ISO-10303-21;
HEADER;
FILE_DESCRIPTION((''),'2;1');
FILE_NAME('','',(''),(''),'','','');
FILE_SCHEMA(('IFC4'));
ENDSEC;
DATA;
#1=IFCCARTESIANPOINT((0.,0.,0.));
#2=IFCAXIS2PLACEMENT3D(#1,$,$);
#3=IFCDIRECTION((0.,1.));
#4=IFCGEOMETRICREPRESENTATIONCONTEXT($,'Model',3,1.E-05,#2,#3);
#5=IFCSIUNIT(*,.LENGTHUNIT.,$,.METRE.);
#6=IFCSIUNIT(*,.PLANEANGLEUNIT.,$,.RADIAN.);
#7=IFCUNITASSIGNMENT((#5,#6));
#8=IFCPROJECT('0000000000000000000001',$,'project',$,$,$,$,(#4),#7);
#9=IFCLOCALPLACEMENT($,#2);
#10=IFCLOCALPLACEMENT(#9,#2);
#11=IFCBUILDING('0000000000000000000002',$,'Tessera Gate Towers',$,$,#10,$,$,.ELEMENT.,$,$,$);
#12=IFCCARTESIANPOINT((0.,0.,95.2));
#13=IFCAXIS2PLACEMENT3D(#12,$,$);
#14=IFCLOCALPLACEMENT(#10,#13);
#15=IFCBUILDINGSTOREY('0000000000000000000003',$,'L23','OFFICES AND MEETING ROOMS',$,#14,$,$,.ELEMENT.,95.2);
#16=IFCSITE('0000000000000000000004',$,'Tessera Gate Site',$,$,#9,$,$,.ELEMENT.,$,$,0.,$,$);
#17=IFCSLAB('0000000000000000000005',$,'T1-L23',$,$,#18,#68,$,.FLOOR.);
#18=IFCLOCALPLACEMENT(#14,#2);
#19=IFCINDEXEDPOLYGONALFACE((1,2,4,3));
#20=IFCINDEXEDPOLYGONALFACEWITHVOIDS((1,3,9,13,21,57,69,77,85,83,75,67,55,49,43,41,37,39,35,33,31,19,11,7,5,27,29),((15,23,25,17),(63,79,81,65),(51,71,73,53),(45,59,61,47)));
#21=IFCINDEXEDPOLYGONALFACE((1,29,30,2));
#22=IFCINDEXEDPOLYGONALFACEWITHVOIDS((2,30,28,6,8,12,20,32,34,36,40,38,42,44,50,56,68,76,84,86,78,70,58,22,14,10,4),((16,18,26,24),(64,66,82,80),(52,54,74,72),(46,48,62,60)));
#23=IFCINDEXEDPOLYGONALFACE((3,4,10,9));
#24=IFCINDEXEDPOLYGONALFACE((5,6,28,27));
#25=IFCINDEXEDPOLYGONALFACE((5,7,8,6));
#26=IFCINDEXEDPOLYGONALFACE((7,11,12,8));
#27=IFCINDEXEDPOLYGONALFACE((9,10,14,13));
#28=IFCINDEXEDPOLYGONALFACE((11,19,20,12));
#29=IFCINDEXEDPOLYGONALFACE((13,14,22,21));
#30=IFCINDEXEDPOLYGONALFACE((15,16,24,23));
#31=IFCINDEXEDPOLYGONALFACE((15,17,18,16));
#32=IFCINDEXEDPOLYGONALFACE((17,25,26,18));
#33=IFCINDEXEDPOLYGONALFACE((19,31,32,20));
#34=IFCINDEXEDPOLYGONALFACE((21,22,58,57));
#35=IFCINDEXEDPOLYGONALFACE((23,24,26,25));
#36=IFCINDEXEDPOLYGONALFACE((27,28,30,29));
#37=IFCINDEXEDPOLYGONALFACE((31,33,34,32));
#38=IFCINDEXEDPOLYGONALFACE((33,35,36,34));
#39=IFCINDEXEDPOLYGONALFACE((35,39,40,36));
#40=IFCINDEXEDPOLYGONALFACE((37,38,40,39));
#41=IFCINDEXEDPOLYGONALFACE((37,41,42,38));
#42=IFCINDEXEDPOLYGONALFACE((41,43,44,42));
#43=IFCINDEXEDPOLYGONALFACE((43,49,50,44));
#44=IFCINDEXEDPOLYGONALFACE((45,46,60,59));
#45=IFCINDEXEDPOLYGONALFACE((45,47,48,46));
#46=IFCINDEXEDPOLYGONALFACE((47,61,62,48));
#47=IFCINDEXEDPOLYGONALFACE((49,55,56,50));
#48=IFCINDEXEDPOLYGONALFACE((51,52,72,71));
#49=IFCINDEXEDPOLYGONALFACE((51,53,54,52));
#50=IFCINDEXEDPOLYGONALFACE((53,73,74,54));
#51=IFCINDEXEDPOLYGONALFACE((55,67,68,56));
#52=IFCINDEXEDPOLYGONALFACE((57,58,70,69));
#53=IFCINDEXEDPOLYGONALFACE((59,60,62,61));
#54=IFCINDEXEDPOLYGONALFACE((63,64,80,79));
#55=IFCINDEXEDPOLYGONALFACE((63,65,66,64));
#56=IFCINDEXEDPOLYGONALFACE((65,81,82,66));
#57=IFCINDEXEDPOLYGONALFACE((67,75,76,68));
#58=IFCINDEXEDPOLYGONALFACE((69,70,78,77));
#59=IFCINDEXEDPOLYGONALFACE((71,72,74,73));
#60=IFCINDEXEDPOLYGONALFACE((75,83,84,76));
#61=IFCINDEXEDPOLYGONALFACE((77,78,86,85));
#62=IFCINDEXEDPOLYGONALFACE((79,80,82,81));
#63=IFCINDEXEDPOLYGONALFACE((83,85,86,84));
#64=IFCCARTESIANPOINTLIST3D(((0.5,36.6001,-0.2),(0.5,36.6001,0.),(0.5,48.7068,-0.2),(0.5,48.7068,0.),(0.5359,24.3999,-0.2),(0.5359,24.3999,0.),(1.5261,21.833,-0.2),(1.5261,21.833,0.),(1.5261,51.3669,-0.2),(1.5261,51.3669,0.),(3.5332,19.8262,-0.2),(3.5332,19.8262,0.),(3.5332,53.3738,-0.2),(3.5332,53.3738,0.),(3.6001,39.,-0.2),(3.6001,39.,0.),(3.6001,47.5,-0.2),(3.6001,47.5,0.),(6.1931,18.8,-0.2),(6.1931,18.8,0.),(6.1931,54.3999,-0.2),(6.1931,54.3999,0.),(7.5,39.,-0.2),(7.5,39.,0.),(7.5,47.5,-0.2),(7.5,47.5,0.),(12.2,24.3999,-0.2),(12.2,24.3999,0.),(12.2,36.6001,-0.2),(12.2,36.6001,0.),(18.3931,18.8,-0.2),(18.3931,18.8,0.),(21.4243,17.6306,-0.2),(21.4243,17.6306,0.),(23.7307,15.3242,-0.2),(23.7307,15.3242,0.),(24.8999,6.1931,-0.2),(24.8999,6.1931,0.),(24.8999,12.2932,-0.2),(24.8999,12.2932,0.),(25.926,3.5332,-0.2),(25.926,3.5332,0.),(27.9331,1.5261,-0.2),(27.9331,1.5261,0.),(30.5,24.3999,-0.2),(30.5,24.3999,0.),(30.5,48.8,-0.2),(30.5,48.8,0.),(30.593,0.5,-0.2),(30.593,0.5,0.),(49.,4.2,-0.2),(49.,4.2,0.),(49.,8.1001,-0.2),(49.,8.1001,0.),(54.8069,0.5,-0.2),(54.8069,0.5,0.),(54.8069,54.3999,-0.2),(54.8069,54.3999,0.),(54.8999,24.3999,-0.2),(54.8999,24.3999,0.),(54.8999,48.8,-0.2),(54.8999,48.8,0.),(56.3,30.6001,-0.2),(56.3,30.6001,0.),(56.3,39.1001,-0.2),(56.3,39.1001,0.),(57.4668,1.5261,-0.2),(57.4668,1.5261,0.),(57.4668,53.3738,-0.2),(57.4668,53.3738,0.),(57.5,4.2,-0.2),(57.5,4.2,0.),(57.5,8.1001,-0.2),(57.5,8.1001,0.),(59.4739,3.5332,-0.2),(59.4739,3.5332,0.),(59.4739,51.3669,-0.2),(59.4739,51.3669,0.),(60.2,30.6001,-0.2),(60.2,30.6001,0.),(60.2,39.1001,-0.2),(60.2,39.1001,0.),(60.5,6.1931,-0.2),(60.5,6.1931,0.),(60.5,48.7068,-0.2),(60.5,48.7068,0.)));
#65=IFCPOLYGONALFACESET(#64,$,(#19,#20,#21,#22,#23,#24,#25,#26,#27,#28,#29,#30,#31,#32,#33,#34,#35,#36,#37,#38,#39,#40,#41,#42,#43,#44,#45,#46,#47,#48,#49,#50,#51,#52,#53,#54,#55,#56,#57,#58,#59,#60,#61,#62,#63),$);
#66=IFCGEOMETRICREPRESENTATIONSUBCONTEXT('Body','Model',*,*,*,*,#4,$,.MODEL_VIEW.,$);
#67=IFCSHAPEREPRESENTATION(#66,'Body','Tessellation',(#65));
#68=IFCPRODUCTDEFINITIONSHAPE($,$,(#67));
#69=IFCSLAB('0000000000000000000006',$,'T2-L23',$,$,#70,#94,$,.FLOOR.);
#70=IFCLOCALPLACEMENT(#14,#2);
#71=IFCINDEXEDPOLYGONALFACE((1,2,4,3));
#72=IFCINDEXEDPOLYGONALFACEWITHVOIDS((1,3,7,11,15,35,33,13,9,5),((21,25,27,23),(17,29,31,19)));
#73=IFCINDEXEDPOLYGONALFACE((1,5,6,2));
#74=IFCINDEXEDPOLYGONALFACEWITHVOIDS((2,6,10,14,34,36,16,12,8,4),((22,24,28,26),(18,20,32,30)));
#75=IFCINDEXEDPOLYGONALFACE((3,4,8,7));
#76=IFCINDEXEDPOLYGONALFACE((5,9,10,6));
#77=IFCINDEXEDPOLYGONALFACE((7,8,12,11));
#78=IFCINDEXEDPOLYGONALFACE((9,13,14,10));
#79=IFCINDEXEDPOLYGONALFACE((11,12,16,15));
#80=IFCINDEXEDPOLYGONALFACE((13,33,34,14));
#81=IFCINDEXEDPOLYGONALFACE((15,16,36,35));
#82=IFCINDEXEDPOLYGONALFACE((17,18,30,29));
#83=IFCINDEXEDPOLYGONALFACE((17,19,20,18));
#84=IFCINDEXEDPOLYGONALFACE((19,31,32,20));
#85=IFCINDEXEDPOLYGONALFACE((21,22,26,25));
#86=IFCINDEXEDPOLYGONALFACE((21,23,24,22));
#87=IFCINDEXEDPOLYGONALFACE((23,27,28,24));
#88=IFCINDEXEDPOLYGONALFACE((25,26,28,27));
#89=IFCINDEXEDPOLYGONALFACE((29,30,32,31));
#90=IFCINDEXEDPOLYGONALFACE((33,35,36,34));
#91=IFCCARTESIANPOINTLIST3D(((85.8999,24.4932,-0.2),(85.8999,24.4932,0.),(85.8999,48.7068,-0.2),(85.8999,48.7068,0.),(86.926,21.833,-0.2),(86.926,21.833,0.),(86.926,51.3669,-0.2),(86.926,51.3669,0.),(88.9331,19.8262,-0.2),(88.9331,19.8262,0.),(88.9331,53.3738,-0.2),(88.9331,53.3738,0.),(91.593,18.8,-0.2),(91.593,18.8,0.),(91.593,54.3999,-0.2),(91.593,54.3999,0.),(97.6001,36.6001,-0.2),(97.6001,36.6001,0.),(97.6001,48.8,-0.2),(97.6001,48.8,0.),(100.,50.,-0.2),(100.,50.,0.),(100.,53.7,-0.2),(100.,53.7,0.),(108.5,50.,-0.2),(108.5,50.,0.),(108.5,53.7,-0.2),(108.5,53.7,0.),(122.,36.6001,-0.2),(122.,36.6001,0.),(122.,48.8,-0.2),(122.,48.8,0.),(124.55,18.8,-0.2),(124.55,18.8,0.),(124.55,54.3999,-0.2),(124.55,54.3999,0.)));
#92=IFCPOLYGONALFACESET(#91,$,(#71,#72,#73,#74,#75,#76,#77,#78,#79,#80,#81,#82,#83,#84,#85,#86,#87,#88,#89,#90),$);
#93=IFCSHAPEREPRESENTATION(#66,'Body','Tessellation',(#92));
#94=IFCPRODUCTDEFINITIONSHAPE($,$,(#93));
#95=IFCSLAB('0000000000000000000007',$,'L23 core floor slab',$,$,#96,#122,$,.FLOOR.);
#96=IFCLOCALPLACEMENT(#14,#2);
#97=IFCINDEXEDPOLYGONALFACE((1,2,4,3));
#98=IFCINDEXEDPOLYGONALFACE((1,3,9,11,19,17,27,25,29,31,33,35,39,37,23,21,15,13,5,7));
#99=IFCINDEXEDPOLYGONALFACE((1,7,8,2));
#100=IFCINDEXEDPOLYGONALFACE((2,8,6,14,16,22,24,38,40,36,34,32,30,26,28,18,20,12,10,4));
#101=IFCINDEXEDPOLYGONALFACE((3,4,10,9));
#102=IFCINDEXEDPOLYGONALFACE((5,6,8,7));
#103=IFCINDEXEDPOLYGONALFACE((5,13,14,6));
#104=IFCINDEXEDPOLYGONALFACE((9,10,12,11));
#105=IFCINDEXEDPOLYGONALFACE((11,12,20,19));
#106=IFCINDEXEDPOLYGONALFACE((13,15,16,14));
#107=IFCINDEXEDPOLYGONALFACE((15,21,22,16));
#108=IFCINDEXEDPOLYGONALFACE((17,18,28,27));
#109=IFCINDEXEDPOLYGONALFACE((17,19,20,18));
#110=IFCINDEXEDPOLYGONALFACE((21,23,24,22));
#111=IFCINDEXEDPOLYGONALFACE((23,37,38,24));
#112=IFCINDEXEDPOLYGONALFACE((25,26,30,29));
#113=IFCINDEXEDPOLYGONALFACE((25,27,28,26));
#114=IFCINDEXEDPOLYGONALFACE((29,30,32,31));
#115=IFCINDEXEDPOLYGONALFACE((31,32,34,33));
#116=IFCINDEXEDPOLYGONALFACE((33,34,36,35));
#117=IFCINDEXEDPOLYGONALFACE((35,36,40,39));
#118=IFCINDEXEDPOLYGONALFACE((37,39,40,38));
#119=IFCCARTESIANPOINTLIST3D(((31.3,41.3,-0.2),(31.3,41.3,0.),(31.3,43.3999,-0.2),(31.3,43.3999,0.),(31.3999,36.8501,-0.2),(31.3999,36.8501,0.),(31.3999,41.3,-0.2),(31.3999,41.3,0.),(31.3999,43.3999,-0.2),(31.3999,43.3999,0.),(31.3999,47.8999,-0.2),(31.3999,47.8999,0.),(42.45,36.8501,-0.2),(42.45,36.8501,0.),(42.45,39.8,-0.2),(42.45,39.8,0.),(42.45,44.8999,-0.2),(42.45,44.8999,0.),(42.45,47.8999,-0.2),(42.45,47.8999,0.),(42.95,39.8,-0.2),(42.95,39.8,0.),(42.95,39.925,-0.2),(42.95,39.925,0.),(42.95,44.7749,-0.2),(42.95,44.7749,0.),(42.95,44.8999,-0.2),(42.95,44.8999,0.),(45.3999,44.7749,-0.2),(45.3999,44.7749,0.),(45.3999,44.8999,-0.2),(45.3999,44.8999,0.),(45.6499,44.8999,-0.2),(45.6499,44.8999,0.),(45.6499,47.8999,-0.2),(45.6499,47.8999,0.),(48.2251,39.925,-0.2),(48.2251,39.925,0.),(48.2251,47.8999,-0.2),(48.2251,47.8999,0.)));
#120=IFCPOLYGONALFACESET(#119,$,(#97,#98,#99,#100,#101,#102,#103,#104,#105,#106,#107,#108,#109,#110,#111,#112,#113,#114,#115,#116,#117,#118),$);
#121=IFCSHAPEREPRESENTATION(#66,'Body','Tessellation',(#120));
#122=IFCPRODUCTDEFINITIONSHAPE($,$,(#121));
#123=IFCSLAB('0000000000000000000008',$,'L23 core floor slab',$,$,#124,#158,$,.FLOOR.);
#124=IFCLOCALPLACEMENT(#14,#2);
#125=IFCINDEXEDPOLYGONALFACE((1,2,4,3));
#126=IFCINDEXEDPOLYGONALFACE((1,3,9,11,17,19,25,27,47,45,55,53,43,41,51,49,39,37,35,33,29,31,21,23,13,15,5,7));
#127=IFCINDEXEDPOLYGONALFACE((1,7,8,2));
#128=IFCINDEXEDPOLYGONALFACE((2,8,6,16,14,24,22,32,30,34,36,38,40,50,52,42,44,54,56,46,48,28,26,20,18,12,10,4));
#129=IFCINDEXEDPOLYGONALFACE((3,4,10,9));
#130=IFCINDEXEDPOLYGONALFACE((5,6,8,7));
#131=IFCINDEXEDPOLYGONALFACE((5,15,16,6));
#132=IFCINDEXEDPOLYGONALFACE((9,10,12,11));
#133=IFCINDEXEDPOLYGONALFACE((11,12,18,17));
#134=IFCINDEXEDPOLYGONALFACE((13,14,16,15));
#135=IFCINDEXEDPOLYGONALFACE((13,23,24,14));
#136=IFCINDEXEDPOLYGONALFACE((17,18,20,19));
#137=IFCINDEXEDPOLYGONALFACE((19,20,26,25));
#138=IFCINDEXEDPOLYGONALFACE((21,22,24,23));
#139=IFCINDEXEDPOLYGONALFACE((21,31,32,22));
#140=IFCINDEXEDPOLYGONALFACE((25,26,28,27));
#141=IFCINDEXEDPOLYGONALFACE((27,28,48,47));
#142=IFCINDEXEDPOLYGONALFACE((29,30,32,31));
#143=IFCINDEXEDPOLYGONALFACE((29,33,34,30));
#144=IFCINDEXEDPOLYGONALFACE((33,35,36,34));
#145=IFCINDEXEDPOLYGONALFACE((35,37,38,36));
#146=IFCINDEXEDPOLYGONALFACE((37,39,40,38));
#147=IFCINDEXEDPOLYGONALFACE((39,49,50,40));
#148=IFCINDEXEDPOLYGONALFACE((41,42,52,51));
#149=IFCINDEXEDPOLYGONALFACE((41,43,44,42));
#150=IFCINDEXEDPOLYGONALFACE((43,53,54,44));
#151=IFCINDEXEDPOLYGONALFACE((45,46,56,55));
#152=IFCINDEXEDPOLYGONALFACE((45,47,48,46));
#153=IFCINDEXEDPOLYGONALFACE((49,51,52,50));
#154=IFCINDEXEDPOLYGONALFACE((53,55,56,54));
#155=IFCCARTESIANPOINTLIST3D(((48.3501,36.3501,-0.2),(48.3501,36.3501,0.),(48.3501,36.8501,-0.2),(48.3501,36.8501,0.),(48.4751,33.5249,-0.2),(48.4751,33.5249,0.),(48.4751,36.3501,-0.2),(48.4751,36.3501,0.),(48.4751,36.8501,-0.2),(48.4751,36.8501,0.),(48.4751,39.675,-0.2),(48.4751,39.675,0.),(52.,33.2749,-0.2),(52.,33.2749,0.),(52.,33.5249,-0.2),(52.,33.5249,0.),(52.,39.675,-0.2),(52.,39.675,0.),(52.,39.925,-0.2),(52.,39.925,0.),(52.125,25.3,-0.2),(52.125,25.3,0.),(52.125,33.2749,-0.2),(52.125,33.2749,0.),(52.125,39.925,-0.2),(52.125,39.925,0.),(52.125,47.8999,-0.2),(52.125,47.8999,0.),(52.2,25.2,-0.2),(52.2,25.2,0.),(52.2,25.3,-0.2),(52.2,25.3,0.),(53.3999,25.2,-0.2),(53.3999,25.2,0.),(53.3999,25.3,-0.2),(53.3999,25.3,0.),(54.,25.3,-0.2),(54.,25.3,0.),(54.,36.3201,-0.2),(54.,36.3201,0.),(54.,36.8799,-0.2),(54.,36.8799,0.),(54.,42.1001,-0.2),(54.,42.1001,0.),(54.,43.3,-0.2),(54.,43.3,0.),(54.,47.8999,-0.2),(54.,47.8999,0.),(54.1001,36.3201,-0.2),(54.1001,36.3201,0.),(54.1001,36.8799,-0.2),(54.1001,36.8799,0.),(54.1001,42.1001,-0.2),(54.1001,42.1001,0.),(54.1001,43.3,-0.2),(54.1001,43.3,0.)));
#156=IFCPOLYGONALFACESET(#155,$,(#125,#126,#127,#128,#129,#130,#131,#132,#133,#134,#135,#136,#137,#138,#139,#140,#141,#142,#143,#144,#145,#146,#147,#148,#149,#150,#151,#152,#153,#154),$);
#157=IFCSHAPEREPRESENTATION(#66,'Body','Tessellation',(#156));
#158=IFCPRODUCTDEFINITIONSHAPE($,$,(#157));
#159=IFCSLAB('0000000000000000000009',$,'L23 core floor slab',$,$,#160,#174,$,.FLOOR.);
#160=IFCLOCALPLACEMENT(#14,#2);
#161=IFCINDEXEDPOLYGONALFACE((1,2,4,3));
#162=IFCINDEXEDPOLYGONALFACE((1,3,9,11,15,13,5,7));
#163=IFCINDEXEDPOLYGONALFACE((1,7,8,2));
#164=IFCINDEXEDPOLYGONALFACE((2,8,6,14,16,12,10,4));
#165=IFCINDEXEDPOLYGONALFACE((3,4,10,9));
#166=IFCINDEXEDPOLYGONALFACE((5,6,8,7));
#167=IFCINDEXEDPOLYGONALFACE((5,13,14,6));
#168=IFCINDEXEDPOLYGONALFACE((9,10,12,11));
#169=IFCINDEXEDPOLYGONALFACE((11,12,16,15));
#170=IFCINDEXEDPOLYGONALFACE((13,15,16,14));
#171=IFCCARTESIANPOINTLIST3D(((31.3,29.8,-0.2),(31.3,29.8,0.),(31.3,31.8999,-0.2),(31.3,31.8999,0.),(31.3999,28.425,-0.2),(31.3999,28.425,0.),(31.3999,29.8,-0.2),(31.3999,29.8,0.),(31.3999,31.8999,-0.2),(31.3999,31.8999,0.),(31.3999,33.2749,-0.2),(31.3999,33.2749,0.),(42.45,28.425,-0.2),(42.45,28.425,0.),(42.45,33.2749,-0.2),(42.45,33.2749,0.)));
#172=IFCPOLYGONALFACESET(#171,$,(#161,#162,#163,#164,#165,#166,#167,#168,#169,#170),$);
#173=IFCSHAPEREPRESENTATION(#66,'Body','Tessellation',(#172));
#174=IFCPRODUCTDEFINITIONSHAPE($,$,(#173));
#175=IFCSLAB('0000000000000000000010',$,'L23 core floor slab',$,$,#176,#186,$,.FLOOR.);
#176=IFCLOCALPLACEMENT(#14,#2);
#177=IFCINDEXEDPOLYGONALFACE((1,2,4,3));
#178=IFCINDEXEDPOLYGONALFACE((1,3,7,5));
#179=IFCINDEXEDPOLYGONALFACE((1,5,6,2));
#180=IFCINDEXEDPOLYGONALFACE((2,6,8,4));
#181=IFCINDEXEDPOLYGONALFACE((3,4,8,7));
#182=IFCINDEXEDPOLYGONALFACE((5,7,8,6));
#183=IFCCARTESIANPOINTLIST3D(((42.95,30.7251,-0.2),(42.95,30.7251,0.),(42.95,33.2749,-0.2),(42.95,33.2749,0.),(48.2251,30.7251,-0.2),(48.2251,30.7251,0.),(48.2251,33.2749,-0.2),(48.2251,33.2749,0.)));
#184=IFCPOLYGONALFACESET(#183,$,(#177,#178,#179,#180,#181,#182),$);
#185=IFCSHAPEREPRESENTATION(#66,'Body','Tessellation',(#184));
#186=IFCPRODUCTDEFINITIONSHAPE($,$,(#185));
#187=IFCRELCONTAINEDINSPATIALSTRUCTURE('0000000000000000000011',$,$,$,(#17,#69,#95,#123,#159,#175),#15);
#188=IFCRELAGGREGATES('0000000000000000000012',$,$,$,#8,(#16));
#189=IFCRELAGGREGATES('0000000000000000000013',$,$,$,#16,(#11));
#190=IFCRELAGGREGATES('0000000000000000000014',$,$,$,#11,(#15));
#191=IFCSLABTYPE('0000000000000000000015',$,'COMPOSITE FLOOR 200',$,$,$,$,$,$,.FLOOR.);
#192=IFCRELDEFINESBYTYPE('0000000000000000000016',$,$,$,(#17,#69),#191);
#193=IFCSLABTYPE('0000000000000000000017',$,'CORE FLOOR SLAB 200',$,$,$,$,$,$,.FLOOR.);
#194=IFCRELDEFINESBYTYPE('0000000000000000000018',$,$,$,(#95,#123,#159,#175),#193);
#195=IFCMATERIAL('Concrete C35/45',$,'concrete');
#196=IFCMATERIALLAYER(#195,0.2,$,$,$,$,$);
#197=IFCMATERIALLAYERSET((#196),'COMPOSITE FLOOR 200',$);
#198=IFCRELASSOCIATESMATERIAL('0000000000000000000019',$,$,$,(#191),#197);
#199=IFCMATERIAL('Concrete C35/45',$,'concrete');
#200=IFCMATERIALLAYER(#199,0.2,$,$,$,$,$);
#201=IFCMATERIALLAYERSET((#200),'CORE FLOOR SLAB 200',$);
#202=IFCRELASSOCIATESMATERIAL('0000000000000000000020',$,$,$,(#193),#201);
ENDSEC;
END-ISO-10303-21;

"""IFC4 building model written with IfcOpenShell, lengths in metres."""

from ifc_helpers import new_model, si_unit, direction, frame, origin, place, context, subcontext, project, spatial, polyline, outline, extrude, material, layer, layer_set, type_object, element, save


model = new_model("IFC4")

# Units and contexts
model_context = context("Model", 3, precision=1e-05, world=origin(), true_north=direction((0.0, 1.0)))
body_context = subcontext(model_context, "Body", "Model", "MODEL_VIEW")
ifc_project = project(units=[si_unit("LENGTHUNIT", "METRE"), si_unit("PLANEANGLEUNIT", "RADIAN")], contexts=[model_context])

# Site, building, storey
site_placement = place(None, origin())
site = spatial("IfcSite", under=ifc_project, at=site_placement, Name="Tessera Gate Site", CompositionType="ELEMENT", RefElevation=0.0)
building_placement = place(site_placement, origin())
building = spatial("IfcBuilding", under=site, at=building_placement, Name="Tessera Gate Towers", CompositionType="ELEMENT")
storey_placement = place(building_placement, frame((0.0, 0.0, 95.2)))
storey = spatial("IfcBuildingStorey", under=building, at=storey_placement, Name="L23", Description="OFFICES AND MEETING ROOMS", CompositionType="ELEMENT", Elevation=95.2)

# Slabs
ifc_material_1 = material(Name="Concrete C35/45", Category="concrete")
ifc_layer_1 = layer(ifc_material_1, 0.2)
ifc_layer_set_1 = layer_set([ifc_layer_1], Name="COMPOSITE FLOOR 200")
slab_type_1 = type_object("IfcSlabType", Name="COMPOSITE FLOOR 200", PredefinedType="FLOOR", material=ifc_layer_set_1)
slab_1_placement = place(storey_placement, frame((0.0, 0.0, -0.2)))
element("IfcSlab", 1, at=slab_1_placement, inside=storey, type_object=slab_type_1, Name="T1-L23", PredefinedType="FLOOR", context=body_context, shape_type="SweptSolid", body=[
    extrude(outline(polyline([(0.5, 36.6001), (12.2, 36.6001), (12.2, 24.3999), (0.5359, 24.3999), (1.5261, 21.833), (3.5332, 19.8262), (6.1931, 18.8), (18.3931, 18.8), (21.4243, 17.6306), (23.7307, 15.3242), (24.8999, 12.2932), (24.8999, 6.1931), (25.926, 3.5332), (27.9331, 1.5261), (30.593, 0.5), (54.8069, 0.5), (57.4668, 1.5261), (59.4739, 3.5332), (60.5, 6.1931), (60.5, 48.7068), (59.4739, 51.3669), (57.4668, 53.3738), (54.8069, 54.3999), (6.1931, 54.3999), (3.5332, 53.3738), (1.5261, 51.3669), (0.5, 48.7068), (0.5, 36.6001)]), holes=[polyline([(3.6001, 39.0), (3.6001, 47.5), (7.5, 47.5), (7.5, 39.0), (3.6001, 39.0)]), polyline([(30.5, 24.3999), (30.5, 48.8), (54.8999, 48.8), (54.8999, 24.3999), (30.5, 24.3999)]), polyline([(49.0, 4.2), (49.0, 8.1001), (57.5, 8.1001), (57.5, 4.2), (49.0, 4.2)]), polyline([(56.3, 30.6001), (56.3, 39.1001), (60.2, 39.1001), (60.2, 30.6001), (56.3, 30.6001)])]), origin(), (0.0, 0.0, 1.0), 0.2),
])
slab_2_placement = place(storey_placement, frame((0.0, 0.0, -0.2)))
element("IfcSlab", 2, at=slab_2_placement, inside=storey, type_object=slab_type_1, Name="T2-L23", PredefinedType="FLOOR", context=body_context, shape_type="SweptSolid", body=[
    extrude(outline(polyline([(85.8999, 24.4932), (86.926, 21.833), (88.9331, 19.8262), (91.593, 18.8), (124.55, 18.8), (124.55, 54.3999), (91.593, 54.3999), (88.9331, 53.3738), (86.926, 51.3669), (85.8999, 48.7068), (85.8999, 24.4932)]), holes=[polyline([(97.6001, 36.6001), (97.6001, 48.8), (122.0, 48.8), (122.0, 36.6001), (97.6001, 36.6001)]), polyline([(100.0, 50.0), (100.0, 53.7), (108.5, 53.7), (108.5, 50.0), (100.0, 50.0)])]), origin(), (0.0, 0.0, 1.0), 0.2),
])
ifc_material_2 = material(Name="Concrete C35/45", Category="concrete")
ifc_layer_2 = layer(ifc_material_2, 0.2)
ifc_layer_set_2 = layer_set([ifc_layer_2], Name="CORE FLOOR SLAB 200")
slab_type_2 = type_object("IfcSlabType", Name="CORE FLOOR SLAB 200", PredefinedType="FLOOR", material=ifc_layer_set_2)
slab_3_placement = place(storey_placement, frame((0.0, 0.0, -0.2)))
element("IfcSlab", 3, at=slab_3_placement, inside=storey, type_object=slab_type_2, Name="L23 core floor slab", PredefinedType="FLOOR", context=body_context, shape_type="SweptSolid", body=[
    extrude(outline(polyline([(31.3999, 47.8999), (31.3999, 43.3999), (31.3, 43.3999), (31.3, 41.3), (31.3999, 41.3), (31.3999, 36.8501), (42.45, 36.8501), (42.45, 39.8), (42.95, 39.8), (42.95, 39.925), (48.2251, 39.925), (48.2251, 47.8999), (45.6499, 47.8999), (45.6499, 44.8999), (45.3999, 44.8999), (45.3999, 44.7749), (42.95, 44.7749), (42.95, 44.8999), (42.45, 44.8999), (42.45, 47.8999), (31.3999, 47.8999)])), origin(), (0.0, 0.0, 1.0), 0.2),
])
slab_4_placement = place(storey_placement, frame((0.0, 0.0, -0.2)))
element("IfcSlab", 4, at=slab_4_placement, inside=storey, type_object=slab_type_2, Name="L23 core floor slab", PredefinedType="FLOOR", context=body_context, shape_type="SweptSolid", body=[
    extrude(outline(polyline([(52.2, 25.2), (53.3999, 25.2), (53.3999, 25.3), (54.0, 25.3), (54.0, 36.3201), (54.1001, 36.3201), (54.1001, 36.8799), (54.0, 36.8799), (54.0, 42.1001), (54.1001, 42.1001), (54.1001, 43.3), (54.0, 43.3), (54.0, 47.8999), (52.125, 47.8999), (52.125, 39.925), (52.0, 39.925), (52.0, 39.675), (48.4751, 39.675), (48.4751, 36.8501), (48.3501, 36.8501), (48.3501, 36.3501), (48.4751, 36.3501), (48.4751, 33.5249), (52.0, 33.5249), (52.0, 33.2749), (52.125, 33.2749), (52.125, 25.3), (52.2, 25.3), (52.2, 25.2)])), origin(), (0.0, 0.0, 1.0), 0.2),
])
slab_5_placement = place(storey_placement, frame((0.0, 0.0, -0.2)))
element("IfcSlab", 5, at=slab_5_placement, inside=storey, type_object=slab_type_2, Name="L23 core floor slab", PredefinedType="FLOOR", context=body_context, shape_type="SweptSolid", body=[
    extrude(outline(polyline([(31.3999, 29.8), (31.3999, 28.425), (42.45, 28.425), (42.45, 33.2749), (31.3999, 33.2749), (31.3999, 31.8999), (31.3, 31.8999), (31.3, 29.8), (31.3999, 29.8)])), origin(), (0.0, 0.0, 1.0), 0.2),
])
slab_6_placement = place(storey_placement, frame((0.0, 0.0, -0.2)))
element("IfcSlab", 6, at=slab_6_placement, inside=storey, type_object=slab_type_2, Name="L23 core floor slab", PredefinedType="FLOOR", context=body_context, shape_type="SweptSolid", body=[
    extrude(outline(polyline([(42.95, 33.2749), (42.95, 30.7251), (48.2251, 30.7251), (48.2251, 33.2749), (42.95, 33.2749)])), origin(), (0.0, 0.0, 1.0), 0.2),
])

save(model, "model.ifc")
